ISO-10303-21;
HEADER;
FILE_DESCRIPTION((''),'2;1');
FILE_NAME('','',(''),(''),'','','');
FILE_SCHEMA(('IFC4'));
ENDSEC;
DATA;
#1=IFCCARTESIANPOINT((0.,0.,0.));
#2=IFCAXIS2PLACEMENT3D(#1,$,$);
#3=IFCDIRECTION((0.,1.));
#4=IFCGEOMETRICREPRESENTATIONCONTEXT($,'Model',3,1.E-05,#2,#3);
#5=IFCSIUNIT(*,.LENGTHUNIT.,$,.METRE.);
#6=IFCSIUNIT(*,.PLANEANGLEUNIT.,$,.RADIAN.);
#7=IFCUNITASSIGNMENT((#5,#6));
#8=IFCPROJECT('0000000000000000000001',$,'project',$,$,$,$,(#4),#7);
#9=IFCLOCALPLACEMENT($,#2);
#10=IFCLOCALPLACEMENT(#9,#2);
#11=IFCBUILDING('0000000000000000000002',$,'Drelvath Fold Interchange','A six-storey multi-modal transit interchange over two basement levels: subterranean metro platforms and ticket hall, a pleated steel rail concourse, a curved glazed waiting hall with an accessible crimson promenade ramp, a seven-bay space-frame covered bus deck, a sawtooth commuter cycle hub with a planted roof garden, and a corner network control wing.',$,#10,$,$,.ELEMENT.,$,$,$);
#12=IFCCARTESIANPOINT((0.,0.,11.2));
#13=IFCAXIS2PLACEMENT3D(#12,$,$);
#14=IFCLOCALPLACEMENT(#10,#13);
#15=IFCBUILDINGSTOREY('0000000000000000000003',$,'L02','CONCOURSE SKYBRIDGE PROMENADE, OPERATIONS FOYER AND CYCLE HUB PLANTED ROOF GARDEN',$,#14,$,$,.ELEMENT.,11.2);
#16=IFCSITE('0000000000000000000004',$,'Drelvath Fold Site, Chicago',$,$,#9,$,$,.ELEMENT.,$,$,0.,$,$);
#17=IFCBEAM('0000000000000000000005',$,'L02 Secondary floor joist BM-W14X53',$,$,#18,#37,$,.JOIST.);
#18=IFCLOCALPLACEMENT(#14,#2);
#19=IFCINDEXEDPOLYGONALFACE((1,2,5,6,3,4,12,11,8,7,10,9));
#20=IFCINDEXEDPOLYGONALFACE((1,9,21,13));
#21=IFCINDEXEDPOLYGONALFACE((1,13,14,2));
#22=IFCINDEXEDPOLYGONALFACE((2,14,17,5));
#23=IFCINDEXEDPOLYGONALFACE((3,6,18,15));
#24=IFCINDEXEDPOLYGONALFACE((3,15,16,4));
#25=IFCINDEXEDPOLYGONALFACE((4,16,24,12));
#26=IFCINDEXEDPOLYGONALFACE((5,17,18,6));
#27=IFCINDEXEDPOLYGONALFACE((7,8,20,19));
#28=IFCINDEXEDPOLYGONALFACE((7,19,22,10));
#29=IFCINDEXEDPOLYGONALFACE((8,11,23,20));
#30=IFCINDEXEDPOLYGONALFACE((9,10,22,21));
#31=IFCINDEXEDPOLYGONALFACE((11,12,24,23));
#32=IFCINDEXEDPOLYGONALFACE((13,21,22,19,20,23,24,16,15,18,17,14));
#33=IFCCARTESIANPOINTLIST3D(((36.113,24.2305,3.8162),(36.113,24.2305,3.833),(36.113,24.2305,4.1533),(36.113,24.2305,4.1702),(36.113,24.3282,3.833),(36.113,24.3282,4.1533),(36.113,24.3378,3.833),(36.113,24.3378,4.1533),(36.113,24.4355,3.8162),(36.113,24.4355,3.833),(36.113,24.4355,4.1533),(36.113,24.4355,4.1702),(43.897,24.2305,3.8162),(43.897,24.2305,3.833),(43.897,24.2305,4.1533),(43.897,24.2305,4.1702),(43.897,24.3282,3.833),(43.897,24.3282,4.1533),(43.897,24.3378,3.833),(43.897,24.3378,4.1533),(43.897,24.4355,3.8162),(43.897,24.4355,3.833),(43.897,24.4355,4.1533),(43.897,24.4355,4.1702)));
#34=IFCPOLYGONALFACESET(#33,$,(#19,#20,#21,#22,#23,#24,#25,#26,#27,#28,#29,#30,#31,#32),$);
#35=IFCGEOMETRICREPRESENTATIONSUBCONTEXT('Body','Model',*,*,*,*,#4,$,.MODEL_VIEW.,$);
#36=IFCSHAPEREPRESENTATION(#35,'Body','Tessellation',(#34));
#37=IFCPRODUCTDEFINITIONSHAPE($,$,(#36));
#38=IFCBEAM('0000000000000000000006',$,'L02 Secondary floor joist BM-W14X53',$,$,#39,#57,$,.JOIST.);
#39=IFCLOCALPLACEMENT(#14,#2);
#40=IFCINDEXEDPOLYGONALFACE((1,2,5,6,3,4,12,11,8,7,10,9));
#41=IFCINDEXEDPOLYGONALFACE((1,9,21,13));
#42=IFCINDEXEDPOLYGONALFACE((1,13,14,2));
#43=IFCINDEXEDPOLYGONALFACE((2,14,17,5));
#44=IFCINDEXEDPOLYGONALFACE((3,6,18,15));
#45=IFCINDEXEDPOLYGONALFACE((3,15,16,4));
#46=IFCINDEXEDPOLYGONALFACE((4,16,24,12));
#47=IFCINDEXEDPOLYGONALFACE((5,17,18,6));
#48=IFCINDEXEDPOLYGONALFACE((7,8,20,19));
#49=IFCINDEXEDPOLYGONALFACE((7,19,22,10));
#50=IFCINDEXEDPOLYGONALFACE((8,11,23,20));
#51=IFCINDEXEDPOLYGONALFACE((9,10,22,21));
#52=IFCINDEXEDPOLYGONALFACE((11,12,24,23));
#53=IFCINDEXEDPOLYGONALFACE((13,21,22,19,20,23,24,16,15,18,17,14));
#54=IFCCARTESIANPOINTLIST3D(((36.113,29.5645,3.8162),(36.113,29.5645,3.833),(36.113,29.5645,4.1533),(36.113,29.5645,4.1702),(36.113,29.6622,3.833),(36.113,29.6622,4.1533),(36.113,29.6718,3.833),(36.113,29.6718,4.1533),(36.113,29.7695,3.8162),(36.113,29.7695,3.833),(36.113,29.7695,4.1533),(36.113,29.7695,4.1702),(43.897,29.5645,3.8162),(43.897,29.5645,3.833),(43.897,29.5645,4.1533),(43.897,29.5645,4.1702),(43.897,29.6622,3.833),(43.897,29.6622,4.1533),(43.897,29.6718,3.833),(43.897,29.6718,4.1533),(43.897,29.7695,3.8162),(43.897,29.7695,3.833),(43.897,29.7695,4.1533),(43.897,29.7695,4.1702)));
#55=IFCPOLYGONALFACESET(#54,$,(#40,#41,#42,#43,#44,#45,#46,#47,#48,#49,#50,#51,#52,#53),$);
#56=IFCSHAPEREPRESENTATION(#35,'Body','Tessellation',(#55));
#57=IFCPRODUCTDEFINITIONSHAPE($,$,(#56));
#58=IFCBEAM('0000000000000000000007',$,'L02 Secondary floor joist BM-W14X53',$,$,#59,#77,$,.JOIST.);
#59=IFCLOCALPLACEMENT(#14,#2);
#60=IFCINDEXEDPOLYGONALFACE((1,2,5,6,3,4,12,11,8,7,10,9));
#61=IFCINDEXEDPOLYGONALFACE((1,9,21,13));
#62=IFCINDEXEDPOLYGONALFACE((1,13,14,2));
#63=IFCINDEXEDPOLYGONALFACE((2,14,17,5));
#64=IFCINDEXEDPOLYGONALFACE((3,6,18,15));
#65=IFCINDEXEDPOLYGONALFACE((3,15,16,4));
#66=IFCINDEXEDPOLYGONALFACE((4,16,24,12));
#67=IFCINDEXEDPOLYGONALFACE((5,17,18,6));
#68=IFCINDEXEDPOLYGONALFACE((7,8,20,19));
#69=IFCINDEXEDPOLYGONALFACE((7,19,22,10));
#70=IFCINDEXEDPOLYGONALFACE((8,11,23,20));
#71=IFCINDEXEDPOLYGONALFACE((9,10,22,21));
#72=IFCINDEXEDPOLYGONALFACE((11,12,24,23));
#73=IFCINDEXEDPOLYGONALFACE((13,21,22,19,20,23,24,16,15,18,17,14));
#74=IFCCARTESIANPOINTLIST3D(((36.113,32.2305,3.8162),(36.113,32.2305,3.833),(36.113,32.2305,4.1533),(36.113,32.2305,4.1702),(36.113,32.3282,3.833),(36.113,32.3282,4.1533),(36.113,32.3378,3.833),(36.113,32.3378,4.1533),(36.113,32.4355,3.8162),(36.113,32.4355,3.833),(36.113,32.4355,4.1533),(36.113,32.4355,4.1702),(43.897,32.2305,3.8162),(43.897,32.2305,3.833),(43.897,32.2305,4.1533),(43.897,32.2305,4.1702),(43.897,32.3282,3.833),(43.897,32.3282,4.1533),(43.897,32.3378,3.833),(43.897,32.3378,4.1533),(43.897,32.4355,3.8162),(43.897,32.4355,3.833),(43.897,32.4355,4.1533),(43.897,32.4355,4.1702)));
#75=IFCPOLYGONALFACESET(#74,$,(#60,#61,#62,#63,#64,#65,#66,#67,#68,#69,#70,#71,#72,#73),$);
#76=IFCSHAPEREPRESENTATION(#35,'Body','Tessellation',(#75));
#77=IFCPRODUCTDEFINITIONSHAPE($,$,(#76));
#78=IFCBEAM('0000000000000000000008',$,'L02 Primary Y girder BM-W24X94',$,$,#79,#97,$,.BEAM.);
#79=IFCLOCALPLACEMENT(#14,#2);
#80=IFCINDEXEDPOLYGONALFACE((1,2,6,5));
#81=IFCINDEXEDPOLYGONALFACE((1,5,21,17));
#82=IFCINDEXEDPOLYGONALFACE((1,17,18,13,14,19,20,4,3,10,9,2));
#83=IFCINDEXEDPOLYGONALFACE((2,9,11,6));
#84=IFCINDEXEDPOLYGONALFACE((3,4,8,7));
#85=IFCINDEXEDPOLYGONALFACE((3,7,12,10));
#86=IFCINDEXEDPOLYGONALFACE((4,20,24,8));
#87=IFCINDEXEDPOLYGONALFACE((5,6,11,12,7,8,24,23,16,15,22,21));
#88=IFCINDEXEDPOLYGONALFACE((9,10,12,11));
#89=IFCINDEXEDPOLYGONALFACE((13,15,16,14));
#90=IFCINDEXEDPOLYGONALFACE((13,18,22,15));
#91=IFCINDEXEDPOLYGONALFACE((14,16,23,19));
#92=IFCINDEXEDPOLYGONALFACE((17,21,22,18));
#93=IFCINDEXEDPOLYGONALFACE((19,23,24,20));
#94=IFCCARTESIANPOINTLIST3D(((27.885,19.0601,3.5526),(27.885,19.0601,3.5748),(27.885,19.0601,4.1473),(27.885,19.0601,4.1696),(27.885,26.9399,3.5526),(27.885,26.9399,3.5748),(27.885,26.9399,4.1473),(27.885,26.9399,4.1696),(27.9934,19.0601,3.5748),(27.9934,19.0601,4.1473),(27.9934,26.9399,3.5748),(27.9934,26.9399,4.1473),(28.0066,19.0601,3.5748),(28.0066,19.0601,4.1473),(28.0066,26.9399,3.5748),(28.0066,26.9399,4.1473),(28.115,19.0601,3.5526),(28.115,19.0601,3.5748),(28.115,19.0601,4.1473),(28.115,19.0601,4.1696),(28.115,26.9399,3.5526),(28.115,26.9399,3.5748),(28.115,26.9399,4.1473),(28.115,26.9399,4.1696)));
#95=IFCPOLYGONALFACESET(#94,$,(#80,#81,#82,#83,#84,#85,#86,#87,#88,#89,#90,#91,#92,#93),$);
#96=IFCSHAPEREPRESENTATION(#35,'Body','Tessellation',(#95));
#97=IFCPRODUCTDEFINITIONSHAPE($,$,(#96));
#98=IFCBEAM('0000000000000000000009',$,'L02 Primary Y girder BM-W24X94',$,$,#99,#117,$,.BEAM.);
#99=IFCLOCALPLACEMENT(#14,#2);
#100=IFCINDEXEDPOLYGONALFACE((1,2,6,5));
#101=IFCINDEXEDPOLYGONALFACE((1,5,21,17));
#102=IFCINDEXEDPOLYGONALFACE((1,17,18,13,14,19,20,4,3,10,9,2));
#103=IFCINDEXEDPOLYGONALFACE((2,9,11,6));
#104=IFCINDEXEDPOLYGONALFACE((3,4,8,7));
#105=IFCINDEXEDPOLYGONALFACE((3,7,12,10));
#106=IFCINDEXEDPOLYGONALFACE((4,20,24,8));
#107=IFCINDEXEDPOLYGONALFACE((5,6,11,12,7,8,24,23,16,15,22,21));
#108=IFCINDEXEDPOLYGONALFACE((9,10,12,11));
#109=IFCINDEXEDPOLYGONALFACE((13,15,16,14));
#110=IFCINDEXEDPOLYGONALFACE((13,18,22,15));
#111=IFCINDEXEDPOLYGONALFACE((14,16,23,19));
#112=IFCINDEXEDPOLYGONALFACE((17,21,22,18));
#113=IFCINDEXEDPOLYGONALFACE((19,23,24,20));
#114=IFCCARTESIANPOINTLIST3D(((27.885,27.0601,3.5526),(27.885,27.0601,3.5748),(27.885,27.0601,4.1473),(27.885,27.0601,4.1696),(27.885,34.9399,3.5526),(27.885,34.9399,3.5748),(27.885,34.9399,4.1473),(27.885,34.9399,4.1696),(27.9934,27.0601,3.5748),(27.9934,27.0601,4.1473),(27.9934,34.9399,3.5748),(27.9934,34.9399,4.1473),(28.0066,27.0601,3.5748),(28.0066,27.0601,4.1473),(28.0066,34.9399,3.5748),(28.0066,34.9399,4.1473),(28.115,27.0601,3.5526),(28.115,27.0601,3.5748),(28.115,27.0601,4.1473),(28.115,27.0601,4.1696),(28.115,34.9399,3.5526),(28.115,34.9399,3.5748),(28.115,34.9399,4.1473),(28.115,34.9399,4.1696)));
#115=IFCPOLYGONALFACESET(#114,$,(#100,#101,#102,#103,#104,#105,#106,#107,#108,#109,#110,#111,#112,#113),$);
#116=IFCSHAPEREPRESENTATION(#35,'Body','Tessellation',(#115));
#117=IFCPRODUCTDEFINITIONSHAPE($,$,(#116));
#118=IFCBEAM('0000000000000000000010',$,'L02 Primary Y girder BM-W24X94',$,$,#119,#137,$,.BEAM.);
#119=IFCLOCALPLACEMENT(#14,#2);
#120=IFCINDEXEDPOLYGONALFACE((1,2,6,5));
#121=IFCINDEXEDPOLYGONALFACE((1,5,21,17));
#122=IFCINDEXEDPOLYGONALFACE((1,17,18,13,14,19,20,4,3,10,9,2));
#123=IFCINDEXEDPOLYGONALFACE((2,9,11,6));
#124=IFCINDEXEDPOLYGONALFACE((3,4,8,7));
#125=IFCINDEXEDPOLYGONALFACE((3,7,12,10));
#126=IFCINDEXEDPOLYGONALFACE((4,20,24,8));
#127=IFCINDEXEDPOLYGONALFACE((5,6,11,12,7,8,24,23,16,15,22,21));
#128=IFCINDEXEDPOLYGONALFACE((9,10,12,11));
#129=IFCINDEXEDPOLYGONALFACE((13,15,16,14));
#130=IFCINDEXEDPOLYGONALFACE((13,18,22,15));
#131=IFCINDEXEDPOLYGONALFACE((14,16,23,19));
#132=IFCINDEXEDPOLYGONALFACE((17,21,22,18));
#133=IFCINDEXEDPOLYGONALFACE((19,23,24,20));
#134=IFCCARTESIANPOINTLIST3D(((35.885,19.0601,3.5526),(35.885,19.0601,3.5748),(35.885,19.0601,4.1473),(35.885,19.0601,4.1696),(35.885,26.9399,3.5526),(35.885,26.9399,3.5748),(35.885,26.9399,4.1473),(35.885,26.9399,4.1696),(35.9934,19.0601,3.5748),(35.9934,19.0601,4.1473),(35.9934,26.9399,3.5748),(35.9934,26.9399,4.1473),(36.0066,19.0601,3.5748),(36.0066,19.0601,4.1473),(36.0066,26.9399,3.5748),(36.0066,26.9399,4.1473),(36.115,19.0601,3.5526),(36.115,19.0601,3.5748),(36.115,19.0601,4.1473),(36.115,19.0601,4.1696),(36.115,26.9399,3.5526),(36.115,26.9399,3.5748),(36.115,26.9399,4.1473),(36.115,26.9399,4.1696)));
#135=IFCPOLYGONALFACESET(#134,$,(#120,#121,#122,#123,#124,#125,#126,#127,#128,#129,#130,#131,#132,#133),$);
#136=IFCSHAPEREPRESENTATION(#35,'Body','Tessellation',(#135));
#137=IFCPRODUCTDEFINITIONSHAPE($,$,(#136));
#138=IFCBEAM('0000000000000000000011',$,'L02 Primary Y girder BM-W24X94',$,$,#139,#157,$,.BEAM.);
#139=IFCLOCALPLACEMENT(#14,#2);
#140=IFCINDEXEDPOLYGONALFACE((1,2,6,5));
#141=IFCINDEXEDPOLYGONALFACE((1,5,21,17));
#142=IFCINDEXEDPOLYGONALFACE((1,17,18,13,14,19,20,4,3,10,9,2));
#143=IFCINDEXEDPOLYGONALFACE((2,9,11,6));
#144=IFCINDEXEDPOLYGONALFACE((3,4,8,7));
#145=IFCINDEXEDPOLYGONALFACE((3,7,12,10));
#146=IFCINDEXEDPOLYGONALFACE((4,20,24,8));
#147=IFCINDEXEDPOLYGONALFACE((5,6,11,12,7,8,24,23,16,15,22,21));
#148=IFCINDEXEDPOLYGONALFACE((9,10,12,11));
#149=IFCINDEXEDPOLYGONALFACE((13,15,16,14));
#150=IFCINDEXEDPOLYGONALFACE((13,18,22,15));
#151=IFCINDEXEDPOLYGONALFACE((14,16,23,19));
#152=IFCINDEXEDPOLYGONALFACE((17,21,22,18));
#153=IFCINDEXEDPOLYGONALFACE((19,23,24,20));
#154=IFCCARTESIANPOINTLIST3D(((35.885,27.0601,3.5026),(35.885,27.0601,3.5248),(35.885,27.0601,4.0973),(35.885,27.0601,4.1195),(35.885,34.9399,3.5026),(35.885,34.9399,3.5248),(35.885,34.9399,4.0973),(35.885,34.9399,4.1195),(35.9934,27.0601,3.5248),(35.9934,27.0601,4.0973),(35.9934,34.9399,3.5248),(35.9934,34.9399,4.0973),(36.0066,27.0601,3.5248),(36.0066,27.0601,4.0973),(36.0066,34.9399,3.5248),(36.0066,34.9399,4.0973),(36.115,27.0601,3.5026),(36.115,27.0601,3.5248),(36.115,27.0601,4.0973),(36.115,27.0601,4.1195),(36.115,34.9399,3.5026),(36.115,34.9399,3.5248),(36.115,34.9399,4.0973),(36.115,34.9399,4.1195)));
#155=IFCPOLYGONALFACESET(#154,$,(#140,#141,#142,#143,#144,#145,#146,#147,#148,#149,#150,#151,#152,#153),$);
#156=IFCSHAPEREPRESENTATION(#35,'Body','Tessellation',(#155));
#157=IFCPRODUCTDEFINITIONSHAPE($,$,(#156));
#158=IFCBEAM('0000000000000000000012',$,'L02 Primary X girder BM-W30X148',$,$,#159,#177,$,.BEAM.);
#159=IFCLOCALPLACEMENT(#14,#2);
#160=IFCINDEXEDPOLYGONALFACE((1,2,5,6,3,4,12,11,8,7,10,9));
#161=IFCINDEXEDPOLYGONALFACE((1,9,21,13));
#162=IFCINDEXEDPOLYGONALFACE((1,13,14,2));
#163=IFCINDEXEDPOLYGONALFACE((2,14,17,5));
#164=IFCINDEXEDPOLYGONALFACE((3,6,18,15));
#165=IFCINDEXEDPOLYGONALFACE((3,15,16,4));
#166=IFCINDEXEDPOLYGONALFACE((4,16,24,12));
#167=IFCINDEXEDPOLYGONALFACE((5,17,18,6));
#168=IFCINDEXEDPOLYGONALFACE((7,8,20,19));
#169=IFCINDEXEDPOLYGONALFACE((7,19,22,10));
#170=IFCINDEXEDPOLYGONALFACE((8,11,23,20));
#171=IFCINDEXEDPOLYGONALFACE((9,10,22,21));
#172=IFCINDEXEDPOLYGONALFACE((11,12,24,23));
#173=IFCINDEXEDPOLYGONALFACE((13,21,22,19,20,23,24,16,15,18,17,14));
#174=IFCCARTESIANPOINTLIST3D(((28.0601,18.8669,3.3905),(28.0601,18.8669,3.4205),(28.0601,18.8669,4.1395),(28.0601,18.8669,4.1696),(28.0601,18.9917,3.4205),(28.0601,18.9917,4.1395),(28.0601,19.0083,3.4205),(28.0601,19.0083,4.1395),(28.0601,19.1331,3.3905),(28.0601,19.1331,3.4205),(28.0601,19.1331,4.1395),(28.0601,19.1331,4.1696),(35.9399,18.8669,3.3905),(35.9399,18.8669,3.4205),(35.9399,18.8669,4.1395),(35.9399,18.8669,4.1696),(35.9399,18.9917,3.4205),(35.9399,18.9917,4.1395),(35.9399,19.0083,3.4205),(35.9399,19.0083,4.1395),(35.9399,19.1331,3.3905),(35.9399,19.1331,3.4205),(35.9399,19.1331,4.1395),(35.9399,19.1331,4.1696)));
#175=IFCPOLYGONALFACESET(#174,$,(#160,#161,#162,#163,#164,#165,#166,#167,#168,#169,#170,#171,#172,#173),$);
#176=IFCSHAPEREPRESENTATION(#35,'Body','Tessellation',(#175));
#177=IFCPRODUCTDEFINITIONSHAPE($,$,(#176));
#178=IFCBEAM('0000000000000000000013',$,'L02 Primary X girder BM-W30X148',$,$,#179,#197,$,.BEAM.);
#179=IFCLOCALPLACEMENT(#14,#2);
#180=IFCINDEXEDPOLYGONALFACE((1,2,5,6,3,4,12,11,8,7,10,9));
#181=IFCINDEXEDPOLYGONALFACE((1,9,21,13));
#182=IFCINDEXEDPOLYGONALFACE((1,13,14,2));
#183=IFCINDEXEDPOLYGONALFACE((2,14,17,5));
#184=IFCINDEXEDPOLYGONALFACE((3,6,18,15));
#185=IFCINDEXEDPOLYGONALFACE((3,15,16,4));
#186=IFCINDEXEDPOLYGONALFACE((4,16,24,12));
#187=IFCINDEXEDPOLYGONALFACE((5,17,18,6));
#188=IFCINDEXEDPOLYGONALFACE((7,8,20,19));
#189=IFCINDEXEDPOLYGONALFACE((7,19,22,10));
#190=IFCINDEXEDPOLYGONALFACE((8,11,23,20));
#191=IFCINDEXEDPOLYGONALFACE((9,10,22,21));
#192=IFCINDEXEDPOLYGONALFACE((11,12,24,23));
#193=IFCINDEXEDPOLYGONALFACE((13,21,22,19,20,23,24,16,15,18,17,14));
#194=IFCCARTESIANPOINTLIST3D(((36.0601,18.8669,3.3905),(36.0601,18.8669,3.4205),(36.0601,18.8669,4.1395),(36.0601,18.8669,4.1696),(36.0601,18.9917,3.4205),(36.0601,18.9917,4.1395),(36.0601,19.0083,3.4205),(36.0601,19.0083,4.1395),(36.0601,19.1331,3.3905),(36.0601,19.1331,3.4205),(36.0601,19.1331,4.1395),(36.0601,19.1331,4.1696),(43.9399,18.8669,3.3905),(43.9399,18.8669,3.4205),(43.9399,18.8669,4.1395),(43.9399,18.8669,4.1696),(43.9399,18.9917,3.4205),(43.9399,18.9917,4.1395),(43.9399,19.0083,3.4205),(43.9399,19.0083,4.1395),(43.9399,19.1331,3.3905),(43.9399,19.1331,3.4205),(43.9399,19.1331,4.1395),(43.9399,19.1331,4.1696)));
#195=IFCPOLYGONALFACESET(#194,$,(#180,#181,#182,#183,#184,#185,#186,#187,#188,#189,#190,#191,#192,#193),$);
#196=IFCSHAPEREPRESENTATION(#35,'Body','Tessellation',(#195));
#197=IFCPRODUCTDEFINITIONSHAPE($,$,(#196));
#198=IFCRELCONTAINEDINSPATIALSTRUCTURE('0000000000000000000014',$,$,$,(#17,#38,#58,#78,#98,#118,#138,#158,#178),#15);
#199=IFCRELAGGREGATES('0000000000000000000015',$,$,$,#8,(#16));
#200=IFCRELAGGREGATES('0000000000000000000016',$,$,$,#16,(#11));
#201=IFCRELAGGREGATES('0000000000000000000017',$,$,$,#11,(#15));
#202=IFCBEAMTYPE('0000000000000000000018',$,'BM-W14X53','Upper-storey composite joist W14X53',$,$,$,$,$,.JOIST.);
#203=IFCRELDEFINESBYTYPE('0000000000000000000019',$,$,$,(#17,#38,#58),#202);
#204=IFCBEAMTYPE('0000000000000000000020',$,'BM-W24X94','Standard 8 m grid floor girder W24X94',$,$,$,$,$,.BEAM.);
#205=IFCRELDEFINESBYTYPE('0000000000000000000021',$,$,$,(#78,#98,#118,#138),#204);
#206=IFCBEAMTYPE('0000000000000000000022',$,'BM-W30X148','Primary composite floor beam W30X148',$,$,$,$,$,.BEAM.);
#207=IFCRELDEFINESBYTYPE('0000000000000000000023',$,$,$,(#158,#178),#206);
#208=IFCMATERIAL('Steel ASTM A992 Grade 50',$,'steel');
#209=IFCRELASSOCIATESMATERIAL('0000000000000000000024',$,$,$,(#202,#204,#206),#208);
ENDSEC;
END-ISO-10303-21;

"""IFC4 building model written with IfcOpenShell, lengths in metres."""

from ifc_helpers import new_model, si_unit, direction, frame, origin, origin_2d, place, context, subcontext, project, spatial, i_section, extrude, material, material_profile, profile_set, type_object, element, save


model = new_model("IFC4")

# Units and contexts
model_context = context("Model", 3, precision=1e-05, world=origin(), true_north=direction((0.0, 1.0)))
body_context = subcontext(model_context, "Body", "Model", "MODEL_VIEW")
ifc_project = project(units=[si_unit("LENGTHUNIT", "METRE"), si_unit("PLANEANGLEUNIT", "RADIAN")], contexts=[model_context])

# Site, building, storey
site_placement = place(None, origin())
site = spatial("IfcSite", under=ifc_project, at=site_placement, Name="Drelvath Fold Site, Chicago", CompositionType="ELEMENT", RefElevation=0.0)
building_placement = place(site_placement, origin())
building = spatial("IfcBuilding", under=site, at=building_placement, Name="Drelvath Fold Interchange", Description="A six-storey multi-modal transit interchange over two basement levels: subterranean metro platforms and ticket hall, a pleated steel rail concourse, a curved glazed waiting hall with an accessible crimson promenade ramp, a seven-bay space-frame covered bus deck, a sawtooth commuter cycle hub with a planted roof garden, and a corner network control wing.", CompositionType="ELEMENT")
storey_placement = place(building_placement, frame((0.0, 0.0, 11.2)))
storey = spatial("IfcBuildingStorey", under=building, at=storey_placement, Name="L02", Description="CONCOURSE SKYBRIDGE PROMENADE, OPERATIONS FOYER AND CYCLE HUB PLANTED ROOF GARDEN", CompositionType="ELEMENT", Elevation=11.2)

# Shared definitions
ifc_material_1 = material(Name="Steel ASTM A992 Grade 50", Category="steel")

# Beams
ifc_material_profile_1 = material_profile(ifc_material_1, i_section(OverallWidth=0.2051, OverallDepth=0.354, WebThickness=0.0095, FlangeThickness=0.0168, at=origin_2d()), Name="W14X53")
ifc_profile_set_1 = profile_set([ifc_material_profile_1], Name="Steel ASTM A992 Grade 50")
beam_type_1 = type_object("IfcBeamType", Name="BM-W14X53", Description="Upper-storey composite joist W14X53", PredefinedType="JOIST", material=ifc_profile_set_1)
for number, where, z_axis, x_axis, name in (
    (1, (36.113, 24.333, 3.9932), (1.0, 0.0, 0.0), (0.0, 1.0, 0.0), "L02 Secondary floor joist BM-W14X53"),
    (2, (36.113, 29.667, 3.9932), (1.0, 0.0, 0.0), (0.0, 1.0, 0.0), "L02 Secondary floor joist BM-W14X53"),
    (3, (36.113, 32.333, 3.9932), (1.0, 0.0, 0.0), (0.0, 1.0, 0.0), "L02 Secondary floor joist BM-W14X53"),
):
    element("IfcBeam", number, at=place(storey_placement, frame(where, z_axis=z_axis, x_axis=x_axis)), inside=storey, type_object=beam_type_1, Name=name, PredefinedType="JOIST", context=body_context, shape_type="SweptSolid", body=[
        extrude(i_section(OverallWidth=0.2051, OverallDepth=0.354, WebThickness=0.0095, FlangeThickness=0.0168, at=origin_2d()), origin(), (0.0, 0.0, 1.0), 7.7839),
    ])
ifc_material_profile_2 = material_profile(ifc_material_1, i_section(OverallWidth=0.23, OverallDepth=0.6169, WebThickness=0.0132, FlangeThickness=0.0222, at=origin_2d()), Name="W24X94")
ifc_profile_set_2 = profile_set([ifc_material_profile_2], Name="Steel ASTM A992 Grade 50")
beam_type_2 = type_object("IfcBeamType", Name="BM-W24X94", Description="Standard 8 m grid floor girder W24X94", PredefinedType="BEAM", material=ifc_profile_set_2)
for number, where, z_axis, x_axis, name in (
    (4, (28.0, 19.0601, 3.8611), (0.0, 1.0, 0.0), (-1.0, 0.0, 0.0), "L02 Primary Y girder BM-W24X94"),
    (5, (28.0, 27.0601, 3.8611), (0.0, 1.0, 0.0), (-1.0, 0.0, 0.0), "L02 Primary Y girder BM-W24X94"),
    (6, (36.0, 19.0601, 3.8611), (0.0, 1.0, 0.0), (-1.0, 0.0, 0.0), "L02 Primary Y girder BM-W24X94"),
    (7, (36.0, 27.0601, 3.811), (0.0, 1.0, 0.0), (-1.0, 0.0, 0.0), "L02 Primary Y girder BM-W24X94"),
):
    element("IfcBeam", number, at=place(storey_placement, frame(where, z_axis=z_axis, x_axis=x_axis)), inside=storey, type_object=beam_type_2, Name=name, PredefinedType="BEAM", context=body_context, shape_type="SweptSolid", body=[
        extrude(i_section(OverallWidth=0.23, OverallDepth=0.6169, WebThickness=0.0132, FlangeThickness=0.0222, at=origin_2d()), origin(), (0.0, 0.0, 1.0), 7.8799),
    ])
ifc_material_profile_3 = material_profile(ifc_material_1, i_section(OverallWidth=0.2661, OverallDepth=0.7791, WebThickness=0.0166, FlangeThickness=0.03, at=origin_2d()), Name="W30X148")
ifc_profile_set_3 = profile_set([ifc_material_profile_3], Name="Steel ASTM A992 Grade 50")
beam_type_3 = type_object("IfcBeamType", Name="BM-W30X148", Description="Primary composite floor beam W30X148", PredefinedType="BEAM", material=ifc_profile_set_3)
for number, where, z_axis, x_axis, name in (
    (8, (28.0601, 19.0, 3.78), (1.0, 0.0, 0.0), (0.0, 1.0, 0.0), "L02 Primary X girder BM-W30X148"),
    (9, (36.0601, 19.0, 3.78), (1.0, 0.0, 0.0), (0.0, 1.0, 0.0), "L02 Primary X girder BM-W30X148"),
):
    element("IfcBeam", number, at=place(storey_placement, frame(where, z_axis=z_axis, x_axis=x_axis)), inside=storey, type_object=beam_type_3, Name=name, PredefinedType="BEAM", context=body_context, shape_type="SweptSolid", body=[
        extrude(i_section(OverallWidth=0.2661, OverallDepth=0.7791, WebThickness=0.0166, FlangeThickness=0.03, at=origin_2d()), origin(), (0.0, 0.0, 1.0), 7.8799),
    ])

save(model, "model.ifc")
